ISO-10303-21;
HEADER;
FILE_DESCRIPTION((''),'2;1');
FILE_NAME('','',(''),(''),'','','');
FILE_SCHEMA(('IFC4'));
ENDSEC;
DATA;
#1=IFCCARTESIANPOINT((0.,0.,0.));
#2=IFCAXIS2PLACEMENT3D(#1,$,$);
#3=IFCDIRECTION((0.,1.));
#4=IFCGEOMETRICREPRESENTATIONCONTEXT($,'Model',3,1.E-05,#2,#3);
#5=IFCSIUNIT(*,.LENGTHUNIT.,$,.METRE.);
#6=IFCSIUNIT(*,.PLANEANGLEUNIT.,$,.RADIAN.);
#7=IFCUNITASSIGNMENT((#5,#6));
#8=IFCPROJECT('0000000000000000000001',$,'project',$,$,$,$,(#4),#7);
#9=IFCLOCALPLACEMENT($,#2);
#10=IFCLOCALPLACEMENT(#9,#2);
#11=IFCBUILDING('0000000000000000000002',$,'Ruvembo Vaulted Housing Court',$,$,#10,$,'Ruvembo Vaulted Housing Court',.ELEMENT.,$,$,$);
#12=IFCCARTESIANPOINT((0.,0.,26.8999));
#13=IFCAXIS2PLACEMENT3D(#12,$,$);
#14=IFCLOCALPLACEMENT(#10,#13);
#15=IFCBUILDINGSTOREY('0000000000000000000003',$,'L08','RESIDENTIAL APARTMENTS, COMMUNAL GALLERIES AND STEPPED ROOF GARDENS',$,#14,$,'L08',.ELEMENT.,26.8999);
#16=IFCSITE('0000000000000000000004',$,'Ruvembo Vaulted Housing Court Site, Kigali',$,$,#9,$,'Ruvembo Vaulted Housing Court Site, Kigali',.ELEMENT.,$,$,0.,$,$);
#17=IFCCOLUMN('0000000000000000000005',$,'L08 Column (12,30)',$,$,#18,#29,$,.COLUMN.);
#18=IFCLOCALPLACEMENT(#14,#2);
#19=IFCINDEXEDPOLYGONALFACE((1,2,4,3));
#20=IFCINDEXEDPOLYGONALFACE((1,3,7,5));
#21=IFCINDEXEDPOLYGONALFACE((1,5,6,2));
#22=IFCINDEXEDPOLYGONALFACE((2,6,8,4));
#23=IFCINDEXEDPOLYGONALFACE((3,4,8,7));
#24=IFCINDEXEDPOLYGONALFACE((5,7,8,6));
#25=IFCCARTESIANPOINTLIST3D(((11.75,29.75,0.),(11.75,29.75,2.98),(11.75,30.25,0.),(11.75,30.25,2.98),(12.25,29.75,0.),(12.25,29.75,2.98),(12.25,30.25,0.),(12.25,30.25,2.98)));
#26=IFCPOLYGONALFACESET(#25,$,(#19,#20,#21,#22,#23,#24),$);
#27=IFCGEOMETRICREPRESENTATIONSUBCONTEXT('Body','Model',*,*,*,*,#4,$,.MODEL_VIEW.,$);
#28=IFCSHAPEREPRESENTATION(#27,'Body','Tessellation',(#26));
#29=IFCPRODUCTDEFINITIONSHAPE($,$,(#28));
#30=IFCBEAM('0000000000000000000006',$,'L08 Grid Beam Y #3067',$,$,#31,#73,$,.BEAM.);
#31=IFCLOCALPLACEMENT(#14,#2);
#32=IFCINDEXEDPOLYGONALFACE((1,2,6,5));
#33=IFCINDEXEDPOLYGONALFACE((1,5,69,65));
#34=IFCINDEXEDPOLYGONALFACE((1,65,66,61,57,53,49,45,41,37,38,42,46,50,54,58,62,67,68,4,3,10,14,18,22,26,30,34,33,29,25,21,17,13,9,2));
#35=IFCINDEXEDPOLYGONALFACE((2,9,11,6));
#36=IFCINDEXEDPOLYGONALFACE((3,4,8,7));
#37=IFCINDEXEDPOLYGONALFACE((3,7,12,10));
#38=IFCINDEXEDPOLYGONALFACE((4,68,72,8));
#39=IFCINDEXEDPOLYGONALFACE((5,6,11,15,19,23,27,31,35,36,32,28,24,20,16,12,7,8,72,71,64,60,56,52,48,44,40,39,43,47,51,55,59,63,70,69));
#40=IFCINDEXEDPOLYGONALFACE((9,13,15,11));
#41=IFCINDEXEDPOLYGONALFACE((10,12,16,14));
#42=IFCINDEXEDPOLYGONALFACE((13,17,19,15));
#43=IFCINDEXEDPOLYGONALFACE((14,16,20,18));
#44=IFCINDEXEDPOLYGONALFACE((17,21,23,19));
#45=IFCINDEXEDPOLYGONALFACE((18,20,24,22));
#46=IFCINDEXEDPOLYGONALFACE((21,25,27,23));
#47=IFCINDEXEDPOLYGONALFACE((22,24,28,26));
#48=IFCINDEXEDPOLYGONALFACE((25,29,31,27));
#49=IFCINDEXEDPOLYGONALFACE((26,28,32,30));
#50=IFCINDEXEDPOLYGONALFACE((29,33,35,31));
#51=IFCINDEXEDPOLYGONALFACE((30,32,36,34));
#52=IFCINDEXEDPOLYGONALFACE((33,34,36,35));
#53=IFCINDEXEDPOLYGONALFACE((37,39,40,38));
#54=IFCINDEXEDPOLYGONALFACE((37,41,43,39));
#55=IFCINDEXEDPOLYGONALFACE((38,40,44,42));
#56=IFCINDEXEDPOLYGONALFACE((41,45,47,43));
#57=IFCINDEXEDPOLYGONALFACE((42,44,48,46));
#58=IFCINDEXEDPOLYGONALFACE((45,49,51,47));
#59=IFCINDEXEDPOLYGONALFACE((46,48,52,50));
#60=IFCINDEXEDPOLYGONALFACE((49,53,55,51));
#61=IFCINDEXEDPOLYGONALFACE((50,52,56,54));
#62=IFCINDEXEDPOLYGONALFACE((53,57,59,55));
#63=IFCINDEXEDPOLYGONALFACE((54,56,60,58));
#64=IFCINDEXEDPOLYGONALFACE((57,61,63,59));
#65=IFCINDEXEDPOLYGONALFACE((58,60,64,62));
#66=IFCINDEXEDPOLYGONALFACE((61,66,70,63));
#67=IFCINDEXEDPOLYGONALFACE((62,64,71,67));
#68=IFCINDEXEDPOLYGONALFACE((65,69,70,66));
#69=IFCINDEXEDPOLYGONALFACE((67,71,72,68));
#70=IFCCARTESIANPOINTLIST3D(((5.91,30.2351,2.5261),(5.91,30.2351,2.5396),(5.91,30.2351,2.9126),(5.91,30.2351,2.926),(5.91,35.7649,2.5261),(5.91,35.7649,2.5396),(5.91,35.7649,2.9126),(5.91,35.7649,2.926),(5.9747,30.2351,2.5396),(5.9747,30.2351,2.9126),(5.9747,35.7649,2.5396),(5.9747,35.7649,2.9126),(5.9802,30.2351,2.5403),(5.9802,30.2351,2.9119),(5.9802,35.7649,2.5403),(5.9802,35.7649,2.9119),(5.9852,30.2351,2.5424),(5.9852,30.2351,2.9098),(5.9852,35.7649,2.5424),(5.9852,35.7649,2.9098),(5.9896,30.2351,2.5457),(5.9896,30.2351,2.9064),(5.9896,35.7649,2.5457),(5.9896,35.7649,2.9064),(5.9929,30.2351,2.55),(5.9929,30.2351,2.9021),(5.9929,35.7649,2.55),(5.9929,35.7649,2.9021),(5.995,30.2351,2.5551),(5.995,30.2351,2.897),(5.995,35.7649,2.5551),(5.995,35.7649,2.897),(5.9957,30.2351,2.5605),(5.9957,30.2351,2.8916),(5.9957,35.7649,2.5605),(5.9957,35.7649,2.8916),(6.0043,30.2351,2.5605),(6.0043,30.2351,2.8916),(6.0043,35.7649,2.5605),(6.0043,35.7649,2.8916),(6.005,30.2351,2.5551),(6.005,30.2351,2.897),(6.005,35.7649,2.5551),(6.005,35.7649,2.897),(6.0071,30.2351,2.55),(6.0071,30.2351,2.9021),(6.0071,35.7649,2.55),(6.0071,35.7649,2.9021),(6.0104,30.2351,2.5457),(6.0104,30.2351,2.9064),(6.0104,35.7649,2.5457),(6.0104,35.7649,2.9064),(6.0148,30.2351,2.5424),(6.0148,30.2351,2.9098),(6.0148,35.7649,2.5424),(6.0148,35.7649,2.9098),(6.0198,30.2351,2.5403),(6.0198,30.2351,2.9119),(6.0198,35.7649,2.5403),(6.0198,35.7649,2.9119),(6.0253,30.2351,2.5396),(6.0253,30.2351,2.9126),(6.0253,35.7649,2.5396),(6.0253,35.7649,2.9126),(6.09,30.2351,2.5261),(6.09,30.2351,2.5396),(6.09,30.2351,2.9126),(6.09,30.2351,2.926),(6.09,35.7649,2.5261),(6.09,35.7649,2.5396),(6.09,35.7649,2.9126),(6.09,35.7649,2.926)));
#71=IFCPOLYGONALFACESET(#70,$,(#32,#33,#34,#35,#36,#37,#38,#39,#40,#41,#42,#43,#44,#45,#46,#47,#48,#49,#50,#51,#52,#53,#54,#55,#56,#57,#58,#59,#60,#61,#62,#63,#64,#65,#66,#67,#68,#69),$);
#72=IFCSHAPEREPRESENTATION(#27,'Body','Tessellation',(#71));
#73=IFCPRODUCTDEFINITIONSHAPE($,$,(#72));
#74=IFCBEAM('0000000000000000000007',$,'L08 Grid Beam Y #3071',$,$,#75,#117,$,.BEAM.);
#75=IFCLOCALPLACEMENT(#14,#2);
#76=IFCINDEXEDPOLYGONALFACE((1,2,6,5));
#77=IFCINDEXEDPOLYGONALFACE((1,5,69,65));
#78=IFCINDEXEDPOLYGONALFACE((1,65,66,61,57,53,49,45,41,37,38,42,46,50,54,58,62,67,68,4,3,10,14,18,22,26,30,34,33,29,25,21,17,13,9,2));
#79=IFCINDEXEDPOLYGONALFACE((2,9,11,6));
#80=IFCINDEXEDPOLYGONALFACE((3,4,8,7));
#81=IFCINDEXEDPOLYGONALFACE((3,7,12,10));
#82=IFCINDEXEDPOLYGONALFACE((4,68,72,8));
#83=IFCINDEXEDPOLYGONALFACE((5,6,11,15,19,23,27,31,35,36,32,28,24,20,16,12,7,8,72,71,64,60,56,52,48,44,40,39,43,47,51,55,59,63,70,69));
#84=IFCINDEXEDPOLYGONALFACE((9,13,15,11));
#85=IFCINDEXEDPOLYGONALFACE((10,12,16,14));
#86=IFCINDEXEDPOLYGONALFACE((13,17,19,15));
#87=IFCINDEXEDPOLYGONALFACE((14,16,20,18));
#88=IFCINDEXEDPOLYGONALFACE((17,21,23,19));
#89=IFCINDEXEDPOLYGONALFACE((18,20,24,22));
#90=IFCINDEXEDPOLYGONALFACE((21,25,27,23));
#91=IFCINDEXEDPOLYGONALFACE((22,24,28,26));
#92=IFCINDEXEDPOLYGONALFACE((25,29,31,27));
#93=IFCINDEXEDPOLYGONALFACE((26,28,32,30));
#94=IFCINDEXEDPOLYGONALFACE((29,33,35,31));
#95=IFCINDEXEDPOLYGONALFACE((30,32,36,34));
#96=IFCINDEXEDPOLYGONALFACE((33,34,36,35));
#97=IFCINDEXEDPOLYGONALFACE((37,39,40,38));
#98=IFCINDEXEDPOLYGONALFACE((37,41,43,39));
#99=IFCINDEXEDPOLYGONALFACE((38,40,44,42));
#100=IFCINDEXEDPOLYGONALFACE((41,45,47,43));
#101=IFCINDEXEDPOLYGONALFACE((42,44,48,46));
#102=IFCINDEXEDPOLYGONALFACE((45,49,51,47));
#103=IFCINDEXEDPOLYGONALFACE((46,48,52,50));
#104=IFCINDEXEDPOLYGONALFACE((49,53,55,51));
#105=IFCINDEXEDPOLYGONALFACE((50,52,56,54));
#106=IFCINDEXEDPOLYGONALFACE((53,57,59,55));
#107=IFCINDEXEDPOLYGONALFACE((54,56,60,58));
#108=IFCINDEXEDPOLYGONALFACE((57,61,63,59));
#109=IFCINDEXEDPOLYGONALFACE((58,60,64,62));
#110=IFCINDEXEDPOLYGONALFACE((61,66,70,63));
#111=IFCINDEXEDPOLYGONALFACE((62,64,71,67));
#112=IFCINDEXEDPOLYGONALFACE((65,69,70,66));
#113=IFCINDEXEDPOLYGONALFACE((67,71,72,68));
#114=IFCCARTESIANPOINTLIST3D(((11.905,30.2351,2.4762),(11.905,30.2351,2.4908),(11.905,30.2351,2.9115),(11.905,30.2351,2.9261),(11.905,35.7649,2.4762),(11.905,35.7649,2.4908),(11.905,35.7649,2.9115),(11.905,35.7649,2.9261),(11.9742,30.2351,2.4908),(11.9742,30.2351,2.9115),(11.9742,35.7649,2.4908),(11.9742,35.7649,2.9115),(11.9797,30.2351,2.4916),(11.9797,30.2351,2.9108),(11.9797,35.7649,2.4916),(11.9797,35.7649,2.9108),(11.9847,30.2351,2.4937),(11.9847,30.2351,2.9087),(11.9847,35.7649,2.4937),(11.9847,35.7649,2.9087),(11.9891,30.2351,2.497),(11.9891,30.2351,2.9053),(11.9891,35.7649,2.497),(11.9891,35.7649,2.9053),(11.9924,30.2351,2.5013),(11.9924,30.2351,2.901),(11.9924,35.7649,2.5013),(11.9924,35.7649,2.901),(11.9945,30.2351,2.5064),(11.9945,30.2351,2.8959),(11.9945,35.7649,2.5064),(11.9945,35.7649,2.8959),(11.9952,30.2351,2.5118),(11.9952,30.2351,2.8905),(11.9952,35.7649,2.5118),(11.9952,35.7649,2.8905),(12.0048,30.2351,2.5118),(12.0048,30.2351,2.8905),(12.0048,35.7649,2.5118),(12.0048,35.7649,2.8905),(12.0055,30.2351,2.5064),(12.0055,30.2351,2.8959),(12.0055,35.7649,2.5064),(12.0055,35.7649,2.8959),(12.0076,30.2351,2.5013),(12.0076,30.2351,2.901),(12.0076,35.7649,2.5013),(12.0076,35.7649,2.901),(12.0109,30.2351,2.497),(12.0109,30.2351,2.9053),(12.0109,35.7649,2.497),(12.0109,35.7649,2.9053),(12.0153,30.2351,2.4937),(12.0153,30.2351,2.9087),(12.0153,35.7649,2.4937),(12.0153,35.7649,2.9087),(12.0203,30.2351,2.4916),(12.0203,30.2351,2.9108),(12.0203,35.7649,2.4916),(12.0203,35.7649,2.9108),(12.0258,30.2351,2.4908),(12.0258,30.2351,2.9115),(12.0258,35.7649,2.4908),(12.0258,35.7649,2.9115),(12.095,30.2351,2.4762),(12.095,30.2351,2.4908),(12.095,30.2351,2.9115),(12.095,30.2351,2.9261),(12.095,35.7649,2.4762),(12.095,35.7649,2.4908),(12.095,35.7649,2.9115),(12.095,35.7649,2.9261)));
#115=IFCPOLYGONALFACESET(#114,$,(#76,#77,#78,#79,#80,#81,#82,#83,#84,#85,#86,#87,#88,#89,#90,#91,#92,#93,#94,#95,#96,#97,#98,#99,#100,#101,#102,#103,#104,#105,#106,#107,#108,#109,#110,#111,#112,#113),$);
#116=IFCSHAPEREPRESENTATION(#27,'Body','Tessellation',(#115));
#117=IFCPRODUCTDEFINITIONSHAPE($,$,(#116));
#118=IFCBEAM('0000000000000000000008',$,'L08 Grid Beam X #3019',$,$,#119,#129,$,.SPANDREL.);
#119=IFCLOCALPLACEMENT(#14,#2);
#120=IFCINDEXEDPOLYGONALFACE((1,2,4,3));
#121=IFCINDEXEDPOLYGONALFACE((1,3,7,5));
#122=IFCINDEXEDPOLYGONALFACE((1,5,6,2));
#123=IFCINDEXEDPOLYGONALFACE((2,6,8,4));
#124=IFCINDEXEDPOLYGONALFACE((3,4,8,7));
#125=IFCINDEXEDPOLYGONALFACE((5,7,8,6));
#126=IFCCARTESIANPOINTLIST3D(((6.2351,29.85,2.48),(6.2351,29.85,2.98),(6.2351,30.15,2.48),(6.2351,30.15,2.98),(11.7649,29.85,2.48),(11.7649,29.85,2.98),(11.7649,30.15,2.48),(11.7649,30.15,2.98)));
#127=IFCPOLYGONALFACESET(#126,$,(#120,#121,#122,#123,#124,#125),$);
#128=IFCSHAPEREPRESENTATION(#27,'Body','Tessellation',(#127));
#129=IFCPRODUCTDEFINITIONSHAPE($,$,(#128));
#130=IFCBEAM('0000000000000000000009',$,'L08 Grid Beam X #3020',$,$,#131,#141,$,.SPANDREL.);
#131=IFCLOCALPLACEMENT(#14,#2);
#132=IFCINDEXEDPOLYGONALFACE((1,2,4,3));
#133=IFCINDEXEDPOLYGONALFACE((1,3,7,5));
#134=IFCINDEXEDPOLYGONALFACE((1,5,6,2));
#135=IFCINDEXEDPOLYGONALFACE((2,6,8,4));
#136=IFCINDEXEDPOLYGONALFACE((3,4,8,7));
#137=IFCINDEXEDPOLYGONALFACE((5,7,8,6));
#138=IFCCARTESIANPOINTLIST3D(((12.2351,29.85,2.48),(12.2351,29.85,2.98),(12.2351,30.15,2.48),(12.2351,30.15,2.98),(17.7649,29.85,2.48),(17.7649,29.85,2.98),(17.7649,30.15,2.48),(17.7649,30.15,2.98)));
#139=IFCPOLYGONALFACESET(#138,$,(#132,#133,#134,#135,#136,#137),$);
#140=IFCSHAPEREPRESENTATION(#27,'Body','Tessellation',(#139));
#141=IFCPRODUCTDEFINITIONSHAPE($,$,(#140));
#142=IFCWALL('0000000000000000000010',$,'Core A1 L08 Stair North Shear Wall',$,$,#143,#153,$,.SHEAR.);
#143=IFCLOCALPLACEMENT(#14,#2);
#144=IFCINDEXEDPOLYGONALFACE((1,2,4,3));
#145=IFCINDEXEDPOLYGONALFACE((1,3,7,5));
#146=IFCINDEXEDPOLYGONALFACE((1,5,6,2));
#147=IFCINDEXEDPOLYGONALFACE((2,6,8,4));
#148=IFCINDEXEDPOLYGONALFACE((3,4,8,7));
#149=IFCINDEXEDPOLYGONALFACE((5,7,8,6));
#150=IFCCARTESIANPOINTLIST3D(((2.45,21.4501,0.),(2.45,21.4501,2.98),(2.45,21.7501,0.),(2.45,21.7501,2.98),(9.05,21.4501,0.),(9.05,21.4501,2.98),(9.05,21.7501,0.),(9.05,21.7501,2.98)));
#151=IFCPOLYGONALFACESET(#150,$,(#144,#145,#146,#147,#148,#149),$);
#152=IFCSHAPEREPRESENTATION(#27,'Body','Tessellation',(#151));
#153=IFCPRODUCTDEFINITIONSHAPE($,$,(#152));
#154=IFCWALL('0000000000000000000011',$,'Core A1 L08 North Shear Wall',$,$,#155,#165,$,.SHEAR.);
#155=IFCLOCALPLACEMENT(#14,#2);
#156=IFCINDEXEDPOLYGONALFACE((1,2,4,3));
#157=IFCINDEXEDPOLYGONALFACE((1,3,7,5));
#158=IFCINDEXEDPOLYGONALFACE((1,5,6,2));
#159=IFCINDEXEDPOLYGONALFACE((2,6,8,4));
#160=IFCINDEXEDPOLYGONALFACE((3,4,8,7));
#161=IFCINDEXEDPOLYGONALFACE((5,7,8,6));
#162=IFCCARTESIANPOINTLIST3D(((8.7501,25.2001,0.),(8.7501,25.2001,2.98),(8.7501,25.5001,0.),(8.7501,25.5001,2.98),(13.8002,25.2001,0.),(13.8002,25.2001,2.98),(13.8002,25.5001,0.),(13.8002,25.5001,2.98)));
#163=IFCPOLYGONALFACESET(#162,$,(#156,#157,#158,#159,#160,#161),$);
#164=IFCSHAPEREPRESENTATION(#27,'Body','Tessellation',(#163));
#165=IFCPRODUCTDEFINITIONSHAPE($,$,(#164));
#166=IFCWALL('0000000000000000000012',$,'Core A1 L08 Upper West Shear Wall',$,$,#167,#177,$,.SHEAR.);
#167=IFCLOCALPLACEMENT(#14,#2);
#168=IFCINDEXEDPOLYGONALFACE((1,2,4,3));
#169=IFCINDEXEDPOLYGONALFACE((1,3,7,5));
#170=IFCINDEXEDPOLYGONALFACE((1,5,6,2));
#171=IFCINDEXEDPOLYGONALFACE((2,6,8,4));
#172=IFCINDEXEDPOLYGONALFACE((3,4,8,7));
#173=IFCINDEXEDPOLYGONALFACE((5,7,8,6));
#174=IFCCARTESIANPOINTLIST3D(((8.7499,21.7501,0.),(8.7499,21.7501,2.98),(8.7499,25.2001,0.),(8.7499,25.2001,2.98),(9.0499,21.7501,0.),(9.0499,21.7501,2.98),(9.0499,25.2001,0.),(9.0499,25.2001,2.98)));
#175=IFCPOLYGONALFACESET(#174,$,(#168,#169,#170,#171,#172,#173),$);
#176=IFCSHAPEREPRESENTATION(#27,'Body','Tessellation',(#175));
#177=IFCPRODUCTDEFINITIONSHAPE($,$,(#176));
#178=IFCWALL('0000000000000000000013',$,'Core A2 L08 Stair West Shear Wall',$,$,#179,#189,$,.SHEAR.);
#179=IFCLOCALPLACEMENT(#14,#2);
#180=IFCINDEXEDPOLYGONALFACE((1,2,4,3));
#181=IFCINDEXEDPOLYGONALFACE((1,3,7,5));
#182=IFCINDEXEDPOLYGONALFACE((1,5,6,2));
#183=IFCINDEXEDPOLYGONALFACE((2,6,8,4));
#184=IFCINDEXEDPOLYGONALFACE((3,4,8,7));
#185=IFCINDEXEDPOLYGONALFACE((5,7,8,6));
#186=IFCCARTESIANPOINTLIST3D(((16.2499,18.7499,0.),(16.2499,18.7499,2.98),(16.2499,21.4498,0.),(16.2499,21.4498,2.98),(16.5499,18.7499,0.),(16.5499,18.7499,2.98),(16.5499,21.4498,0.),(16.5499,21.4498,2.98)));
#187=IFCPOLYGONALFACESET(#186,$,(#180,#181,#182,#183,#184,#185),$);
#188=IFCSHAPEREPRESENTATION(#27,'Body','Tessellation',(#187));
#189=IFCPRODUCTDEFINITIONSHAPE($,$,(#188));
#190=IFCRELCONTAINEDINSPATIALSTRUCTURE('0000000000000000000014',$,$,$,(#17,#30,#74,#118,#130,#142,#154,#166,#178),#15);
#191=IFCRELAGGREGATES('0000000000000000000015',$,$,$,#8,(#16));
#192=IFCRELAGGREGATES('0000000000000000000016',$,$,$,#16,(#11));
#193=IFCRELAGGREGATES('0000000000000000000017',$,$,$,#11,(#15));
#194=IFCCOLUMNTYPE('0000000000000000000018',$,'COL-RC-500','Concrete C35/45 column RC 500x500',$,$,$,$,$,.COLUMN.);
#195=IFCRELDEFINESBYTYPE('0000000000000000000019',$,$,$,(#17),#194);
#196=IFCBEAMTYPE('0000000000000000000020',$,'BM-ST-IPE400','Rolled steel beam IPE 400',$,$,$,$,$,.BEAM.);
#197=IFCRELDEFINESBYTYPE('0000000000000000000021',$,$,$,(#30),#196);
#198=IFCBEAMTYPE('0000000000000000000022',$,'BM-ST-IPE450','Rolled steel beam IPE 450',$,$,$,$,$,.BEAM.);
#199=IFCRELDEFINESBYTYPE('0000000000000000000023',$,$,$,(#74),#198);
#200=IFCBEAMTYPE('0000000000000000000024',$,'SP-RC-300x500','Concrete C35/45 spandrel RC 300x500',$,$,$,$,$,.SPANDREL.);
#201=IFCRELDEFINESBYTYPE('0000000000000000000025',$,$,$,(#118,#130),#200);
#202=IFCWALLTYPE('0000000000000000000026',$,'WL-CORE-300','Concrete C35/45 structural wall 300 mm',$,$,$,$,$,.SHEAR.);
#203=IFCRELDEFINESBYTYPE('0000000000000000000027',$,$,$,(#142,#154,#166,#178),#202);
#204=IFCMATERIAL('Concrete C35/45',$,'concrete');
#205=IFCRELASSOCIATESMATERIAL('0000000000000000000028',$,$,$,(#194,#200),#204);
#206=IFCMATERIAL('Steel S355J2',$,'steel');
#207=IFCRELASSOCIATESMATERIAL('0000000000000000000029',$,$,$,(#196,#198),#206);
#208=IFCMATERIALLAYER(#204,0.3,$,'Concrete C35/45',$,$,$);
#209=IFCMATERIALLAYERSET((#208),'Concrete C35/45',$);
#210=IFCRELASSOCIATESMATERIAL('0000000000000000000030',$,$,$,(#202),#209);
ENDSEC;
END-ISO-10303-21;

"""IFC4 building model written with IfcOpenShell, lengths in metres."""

from ifc_helpers import new_model, si_unit, direction, frame, frame_2d, origin, origin_2d, place, context, subcontext, project, spatial, rectangle, i_section, extrude, material, layer, layer_set, material_profile, profile_set, type_object, element, save


model = new_model("IFC4")

# Units and contexts
model_context = context("Model", 3, precision=1e-05, world=origin(), true_north=direction((0.0, 1.0)))
body_context = subcontext(model_context, "Body", "Model", "MODEL_VIEW")
ifc_project = project(units=[si_unit("LENGTHUNIT", "METRE"), si_unit("PLANEANGLEUNIT", "RADIAN")], contexts=[model_context])

# Site, building, storey
site_placement = place(None, origin())
site = spatial("IfcSite", under=ifc_project, at=site_placement, Name="Ruvembo Vaulted Housing Court Site, Kigali", LongName="Ruvembo Vaulted Housing Court Site, Kigali", CompositionType="ELEMENT", RefElevation=0.0)
building_placement = place(site_placement, origin())
building = spatial("IfcBuilding", under=site, at=building_placement, Name="Ruvembo Vaulted Housing Court", LongName="Ruvembo Vaulted Housing Court", CompositionType="ELEMENT")
storey_placement = place(building_placement, frame((0.0, 0.0, 26.8999)))
storey = spatial("IfcBuildingStorey", under=building, at=storey_placement, Name="L08", Description="RESIDENTIAL APARTMENTS, COMMUNAL GALLERIES AND STEPPED ROOF GARDENS", LongName="L08", CompositionType="ELEMENT", Elevation=26.8999)

# Column
ifc_material_1 = material(Name="Concrete C35/45", Category="concrete")
ifc_material_profile_1 = material_profile(ifc_material_1, rectangle(XDim=0.5, YDim=0.5, at=origin_2d()), Name="RC 500x500")
ifc_profile_set_1 = profile_set([ifc_material_profile_1], Name="Concrete C35/45")
column_type = type_object("IfcColumnType", Name="COL-RC-500", Description="Concrete C35/45 column RC 500x500", PredefinedType="COLUMN", material=ifc_profile_set_1)
column_placement = place(storey_placement, frame((12.0, 30.0, 0.0), z_axis=(0.0, 0.0, 1.0), x_axis=(1.0, 0.0, 0.0)))
element("IfcColumn", 1, at=column_placement, inside=storey, type_object=column_type, Name="L08 Column (12,30)", PredefinedType="COLUMN", context=body_context, shape_type="SweptSolid", body=[
    extrude(rectangle(XDim=0.5, YDim=0.5, at=origin_2d()), origin(), (0.0, 0.0, 1.0), 2.98),
])

# Beams
ifc_material_2 = material(Name="Steel S355J2", Category="steel")
ifc_material_profile_2 = material_profile(ifc_material_2, i_section(OverallWidth=0.1799, OverallDepth=0.3999, WebThickness=0.0085, FlangeThickness=0.0134, FilletRadius=0.021, at=origin_2d()), Name="IPE 400")
ifc_profile_set_2 = profile_set([ifc_material_profile_2], Name="Steel S355J2")
beam_type_1 = type_object("IfcBeamType", Name="BM-ST-IPE400", Description="Rolled steel beam IPE 400", PredefinedType="BEAM", material=ifc_profile_set_2)
beam_1_placement = place(storey_placement, frame((6.0, 30.2351, 2.7261), z_axis=(0.0, 1.0, 0.0), x_axis=(-1.0, 0.0, 0.0)))
element("IfcBeam", 2, at=beam_1_placement, inside=storey, type_object=beam_type_1, Name="L08 Grid Beam Y #3067", PredefinedType="BEAM", context=body_context, shape_type="SweptSolid", body=[
    extrude(i_section(OverallWidth=0.1799, OverallDepth=0.3999, WebThickness=0.0085, FlangeThickness=0.0134, FilletRadius=0.021, at=origin_2d()), origin(), (0.0, 0.0, 1.0), 5.5298),
])
ifc_material_profile_3 = material_profile(ifc_material_2, i_section(OverallWidth=0.1899, OverallDepth=0.45, WebThickness=0.0095, FlangeThickness=0.0146, FilletRadius=0.021, at=origin_2d()), Name="IPE 450")
ifc_profile_set_3 = profile_set([ifc_material_profile_3], Name="Steel S355J2")
beam_type_2 = type_object("IfcBeamType", Name="BM-ST-IPE450", Description="Rolled steel beam IPE 450", PredefinedType="BEAM", material=ifc_profile_set_3)
beam_2_placement = place(storey_placement, frame((12.0, 30.2351, 2.7012), z_axis=(0.0, 1.0, 0.0), x_axis=(-1.0, 0.0, 0.0)))
element("IfcBeam", 3, at=beam_2_placement, inside=storey, type_object=beam_type_2, Name="L08 Grid Beam Y #3071", PredefinedType="BEAM", context=body_context, shape_type="SweptSolid", body=[
    extrude(i_section(OverallWidth=0.1899, OverallDepth=0.45, WebThickness=0.0095, FlangeThickness=0.0146, FilletRadius=0.021, at=origin_2d()), origin(), (0.0, 0.0, 1.0), 5.5298),
])
ifc_material_profile_4 = material_profile(ifc_material_1, rectangle(XDim=0.3, YDim=0.5, at=origin_2d()), Name="RC 300x500")
ifc_profile_set_4 = profile_set([ifc_material_profile_4], Name="Concrete C35/45")
beam_type_3 = type_object("IfcBeamType", Name="SP-RC-300x500", Description="Concrete C35/45 spandrel RC 300x500", PredefinedType="SPANDREL", material=ifc_profile_set_4)
for number, where, z_axis, x_axis, name in (
    (4, (6.2351, 30.0, 2.73), (1.0, 0.0, 0.0), (0.0, 1.0, 0.0), "L08 Grid Beam X #3019"),
    (5, (12.2351, 30.0, 2.73), (1.0, 0.0, 0.0), (0.0, 1.0, 0.0), "L08 Grid Beam X #3020"),
):
    element("IfcBeam", number, at=place(storey_placement, frame(where, z_axis=z_axis, x_axis=x_axis)), inside=storey, type_object=beam_type_3, Name=name, PredefinedType="SPANDREL", context=body_context, shape_type="SweptSolid", body=[
        extrude(rectangle(XDim=0.3, YDim=0.5, at=origin_2d()), origin(), (0.0, 0.0, 1.0), 5.5298),
    ])

# Walls
ifc_layer_1 = layer(ifc_material_1, 0.3, Name="Concrete C35/45")
ifc_layer_set_1 = layer_set([ifc_layer_1], Name="Concrete C35/45")
wall_type_1 = type_object("IfcWallType", Name="WL-CORE-300", Description="Concrete C35/45 structural wall 300 mm", PredefinedType="SHEAR", material=ifc_layer_set_1)
wall_1_placement = place(storey_placement, frame((9.05, 21.6001, 0.0), z_axis=(0.0, 0.0, 1.0), x_axis=(-1.0, 0.0, 0.0)))
element("IfcWall", 6, at=wall_1_placement, inside=storey, type_object=wall_type_1, Name="Core A1 L08 Stair North Shear Wall", PredefinedType="SHEAR", context=body_context, shape_type="SweptSolid", body=[
    extrude(rectangle(XDim=6.6001, YDim=0.3, at=frame_2d((3.3, 0.0))), origin(), (0.0, 0.0, 1.0), 2.98),
])
wall_2_placement = place(storey_placement, frame((13.8, 25.3501, 0.0), z_axis=(0.0, 0.0, 1.0), x_axis=(-1.0, 0.0, 0.0)))
element("IfcWall", 7, at=wall_2_placement, inside=storey, type_object=wall_type_1, Name="Core A1 L08 North Shear Wall", PredefinedType="SHEAR", context=body_context, shape_type="SweptSolid", body=[
    extrude(rectangle(XDim=5.05, YDim=0.3, at=frame_2d((2.5249, 0.0))), origin(), (0.0, 0.0, 1.0), 2.98),
])
wall_3_placement = place(storey_placement, frame((8.8999, 21.75, 0.0), z_axis=(0.0, 0.0, 1.0), x_axis=(0.0, 1.0, 0.0)))
element("IfcWall", 8, at=wall_3_placement, inside=storey, type_object=wall_type_1, Name="Core A1 L08 Upper West Shear Wall", PredefinedType="SHEAR", context=body_context, shape_type="SweptSolid", body=[
    extrude(rectangle(XDim=3.45, YDim=0.3, at=frame_2d((1.7251, 0.0))), origin(), (0.0, 0.0, 1.0), 2.98),
])
wall_4_placement = place(storey_placement, frame((16.3999, 21.45, 0.0), z_axis=(0.0, 0.0, 1.0), x_axis=(0.0, -1.0, 0.0)))
element("IfcWall", 9, at=wall_4_placement, inside=storey, type_object=wall_type_1, Name="Core A2 L08 Stair West Shear Wall", PredefinedType="SHEAR", context=body_context, shape_type="SweptSolid", body=[
    extrude(rectangle(XDim=2.7, YDim=0.3, at=frame_2d((1.3501, 0.0))), origin(), (0.0, 0.0, 1.0), 2.98),
])

save(model, "model.ifc")
